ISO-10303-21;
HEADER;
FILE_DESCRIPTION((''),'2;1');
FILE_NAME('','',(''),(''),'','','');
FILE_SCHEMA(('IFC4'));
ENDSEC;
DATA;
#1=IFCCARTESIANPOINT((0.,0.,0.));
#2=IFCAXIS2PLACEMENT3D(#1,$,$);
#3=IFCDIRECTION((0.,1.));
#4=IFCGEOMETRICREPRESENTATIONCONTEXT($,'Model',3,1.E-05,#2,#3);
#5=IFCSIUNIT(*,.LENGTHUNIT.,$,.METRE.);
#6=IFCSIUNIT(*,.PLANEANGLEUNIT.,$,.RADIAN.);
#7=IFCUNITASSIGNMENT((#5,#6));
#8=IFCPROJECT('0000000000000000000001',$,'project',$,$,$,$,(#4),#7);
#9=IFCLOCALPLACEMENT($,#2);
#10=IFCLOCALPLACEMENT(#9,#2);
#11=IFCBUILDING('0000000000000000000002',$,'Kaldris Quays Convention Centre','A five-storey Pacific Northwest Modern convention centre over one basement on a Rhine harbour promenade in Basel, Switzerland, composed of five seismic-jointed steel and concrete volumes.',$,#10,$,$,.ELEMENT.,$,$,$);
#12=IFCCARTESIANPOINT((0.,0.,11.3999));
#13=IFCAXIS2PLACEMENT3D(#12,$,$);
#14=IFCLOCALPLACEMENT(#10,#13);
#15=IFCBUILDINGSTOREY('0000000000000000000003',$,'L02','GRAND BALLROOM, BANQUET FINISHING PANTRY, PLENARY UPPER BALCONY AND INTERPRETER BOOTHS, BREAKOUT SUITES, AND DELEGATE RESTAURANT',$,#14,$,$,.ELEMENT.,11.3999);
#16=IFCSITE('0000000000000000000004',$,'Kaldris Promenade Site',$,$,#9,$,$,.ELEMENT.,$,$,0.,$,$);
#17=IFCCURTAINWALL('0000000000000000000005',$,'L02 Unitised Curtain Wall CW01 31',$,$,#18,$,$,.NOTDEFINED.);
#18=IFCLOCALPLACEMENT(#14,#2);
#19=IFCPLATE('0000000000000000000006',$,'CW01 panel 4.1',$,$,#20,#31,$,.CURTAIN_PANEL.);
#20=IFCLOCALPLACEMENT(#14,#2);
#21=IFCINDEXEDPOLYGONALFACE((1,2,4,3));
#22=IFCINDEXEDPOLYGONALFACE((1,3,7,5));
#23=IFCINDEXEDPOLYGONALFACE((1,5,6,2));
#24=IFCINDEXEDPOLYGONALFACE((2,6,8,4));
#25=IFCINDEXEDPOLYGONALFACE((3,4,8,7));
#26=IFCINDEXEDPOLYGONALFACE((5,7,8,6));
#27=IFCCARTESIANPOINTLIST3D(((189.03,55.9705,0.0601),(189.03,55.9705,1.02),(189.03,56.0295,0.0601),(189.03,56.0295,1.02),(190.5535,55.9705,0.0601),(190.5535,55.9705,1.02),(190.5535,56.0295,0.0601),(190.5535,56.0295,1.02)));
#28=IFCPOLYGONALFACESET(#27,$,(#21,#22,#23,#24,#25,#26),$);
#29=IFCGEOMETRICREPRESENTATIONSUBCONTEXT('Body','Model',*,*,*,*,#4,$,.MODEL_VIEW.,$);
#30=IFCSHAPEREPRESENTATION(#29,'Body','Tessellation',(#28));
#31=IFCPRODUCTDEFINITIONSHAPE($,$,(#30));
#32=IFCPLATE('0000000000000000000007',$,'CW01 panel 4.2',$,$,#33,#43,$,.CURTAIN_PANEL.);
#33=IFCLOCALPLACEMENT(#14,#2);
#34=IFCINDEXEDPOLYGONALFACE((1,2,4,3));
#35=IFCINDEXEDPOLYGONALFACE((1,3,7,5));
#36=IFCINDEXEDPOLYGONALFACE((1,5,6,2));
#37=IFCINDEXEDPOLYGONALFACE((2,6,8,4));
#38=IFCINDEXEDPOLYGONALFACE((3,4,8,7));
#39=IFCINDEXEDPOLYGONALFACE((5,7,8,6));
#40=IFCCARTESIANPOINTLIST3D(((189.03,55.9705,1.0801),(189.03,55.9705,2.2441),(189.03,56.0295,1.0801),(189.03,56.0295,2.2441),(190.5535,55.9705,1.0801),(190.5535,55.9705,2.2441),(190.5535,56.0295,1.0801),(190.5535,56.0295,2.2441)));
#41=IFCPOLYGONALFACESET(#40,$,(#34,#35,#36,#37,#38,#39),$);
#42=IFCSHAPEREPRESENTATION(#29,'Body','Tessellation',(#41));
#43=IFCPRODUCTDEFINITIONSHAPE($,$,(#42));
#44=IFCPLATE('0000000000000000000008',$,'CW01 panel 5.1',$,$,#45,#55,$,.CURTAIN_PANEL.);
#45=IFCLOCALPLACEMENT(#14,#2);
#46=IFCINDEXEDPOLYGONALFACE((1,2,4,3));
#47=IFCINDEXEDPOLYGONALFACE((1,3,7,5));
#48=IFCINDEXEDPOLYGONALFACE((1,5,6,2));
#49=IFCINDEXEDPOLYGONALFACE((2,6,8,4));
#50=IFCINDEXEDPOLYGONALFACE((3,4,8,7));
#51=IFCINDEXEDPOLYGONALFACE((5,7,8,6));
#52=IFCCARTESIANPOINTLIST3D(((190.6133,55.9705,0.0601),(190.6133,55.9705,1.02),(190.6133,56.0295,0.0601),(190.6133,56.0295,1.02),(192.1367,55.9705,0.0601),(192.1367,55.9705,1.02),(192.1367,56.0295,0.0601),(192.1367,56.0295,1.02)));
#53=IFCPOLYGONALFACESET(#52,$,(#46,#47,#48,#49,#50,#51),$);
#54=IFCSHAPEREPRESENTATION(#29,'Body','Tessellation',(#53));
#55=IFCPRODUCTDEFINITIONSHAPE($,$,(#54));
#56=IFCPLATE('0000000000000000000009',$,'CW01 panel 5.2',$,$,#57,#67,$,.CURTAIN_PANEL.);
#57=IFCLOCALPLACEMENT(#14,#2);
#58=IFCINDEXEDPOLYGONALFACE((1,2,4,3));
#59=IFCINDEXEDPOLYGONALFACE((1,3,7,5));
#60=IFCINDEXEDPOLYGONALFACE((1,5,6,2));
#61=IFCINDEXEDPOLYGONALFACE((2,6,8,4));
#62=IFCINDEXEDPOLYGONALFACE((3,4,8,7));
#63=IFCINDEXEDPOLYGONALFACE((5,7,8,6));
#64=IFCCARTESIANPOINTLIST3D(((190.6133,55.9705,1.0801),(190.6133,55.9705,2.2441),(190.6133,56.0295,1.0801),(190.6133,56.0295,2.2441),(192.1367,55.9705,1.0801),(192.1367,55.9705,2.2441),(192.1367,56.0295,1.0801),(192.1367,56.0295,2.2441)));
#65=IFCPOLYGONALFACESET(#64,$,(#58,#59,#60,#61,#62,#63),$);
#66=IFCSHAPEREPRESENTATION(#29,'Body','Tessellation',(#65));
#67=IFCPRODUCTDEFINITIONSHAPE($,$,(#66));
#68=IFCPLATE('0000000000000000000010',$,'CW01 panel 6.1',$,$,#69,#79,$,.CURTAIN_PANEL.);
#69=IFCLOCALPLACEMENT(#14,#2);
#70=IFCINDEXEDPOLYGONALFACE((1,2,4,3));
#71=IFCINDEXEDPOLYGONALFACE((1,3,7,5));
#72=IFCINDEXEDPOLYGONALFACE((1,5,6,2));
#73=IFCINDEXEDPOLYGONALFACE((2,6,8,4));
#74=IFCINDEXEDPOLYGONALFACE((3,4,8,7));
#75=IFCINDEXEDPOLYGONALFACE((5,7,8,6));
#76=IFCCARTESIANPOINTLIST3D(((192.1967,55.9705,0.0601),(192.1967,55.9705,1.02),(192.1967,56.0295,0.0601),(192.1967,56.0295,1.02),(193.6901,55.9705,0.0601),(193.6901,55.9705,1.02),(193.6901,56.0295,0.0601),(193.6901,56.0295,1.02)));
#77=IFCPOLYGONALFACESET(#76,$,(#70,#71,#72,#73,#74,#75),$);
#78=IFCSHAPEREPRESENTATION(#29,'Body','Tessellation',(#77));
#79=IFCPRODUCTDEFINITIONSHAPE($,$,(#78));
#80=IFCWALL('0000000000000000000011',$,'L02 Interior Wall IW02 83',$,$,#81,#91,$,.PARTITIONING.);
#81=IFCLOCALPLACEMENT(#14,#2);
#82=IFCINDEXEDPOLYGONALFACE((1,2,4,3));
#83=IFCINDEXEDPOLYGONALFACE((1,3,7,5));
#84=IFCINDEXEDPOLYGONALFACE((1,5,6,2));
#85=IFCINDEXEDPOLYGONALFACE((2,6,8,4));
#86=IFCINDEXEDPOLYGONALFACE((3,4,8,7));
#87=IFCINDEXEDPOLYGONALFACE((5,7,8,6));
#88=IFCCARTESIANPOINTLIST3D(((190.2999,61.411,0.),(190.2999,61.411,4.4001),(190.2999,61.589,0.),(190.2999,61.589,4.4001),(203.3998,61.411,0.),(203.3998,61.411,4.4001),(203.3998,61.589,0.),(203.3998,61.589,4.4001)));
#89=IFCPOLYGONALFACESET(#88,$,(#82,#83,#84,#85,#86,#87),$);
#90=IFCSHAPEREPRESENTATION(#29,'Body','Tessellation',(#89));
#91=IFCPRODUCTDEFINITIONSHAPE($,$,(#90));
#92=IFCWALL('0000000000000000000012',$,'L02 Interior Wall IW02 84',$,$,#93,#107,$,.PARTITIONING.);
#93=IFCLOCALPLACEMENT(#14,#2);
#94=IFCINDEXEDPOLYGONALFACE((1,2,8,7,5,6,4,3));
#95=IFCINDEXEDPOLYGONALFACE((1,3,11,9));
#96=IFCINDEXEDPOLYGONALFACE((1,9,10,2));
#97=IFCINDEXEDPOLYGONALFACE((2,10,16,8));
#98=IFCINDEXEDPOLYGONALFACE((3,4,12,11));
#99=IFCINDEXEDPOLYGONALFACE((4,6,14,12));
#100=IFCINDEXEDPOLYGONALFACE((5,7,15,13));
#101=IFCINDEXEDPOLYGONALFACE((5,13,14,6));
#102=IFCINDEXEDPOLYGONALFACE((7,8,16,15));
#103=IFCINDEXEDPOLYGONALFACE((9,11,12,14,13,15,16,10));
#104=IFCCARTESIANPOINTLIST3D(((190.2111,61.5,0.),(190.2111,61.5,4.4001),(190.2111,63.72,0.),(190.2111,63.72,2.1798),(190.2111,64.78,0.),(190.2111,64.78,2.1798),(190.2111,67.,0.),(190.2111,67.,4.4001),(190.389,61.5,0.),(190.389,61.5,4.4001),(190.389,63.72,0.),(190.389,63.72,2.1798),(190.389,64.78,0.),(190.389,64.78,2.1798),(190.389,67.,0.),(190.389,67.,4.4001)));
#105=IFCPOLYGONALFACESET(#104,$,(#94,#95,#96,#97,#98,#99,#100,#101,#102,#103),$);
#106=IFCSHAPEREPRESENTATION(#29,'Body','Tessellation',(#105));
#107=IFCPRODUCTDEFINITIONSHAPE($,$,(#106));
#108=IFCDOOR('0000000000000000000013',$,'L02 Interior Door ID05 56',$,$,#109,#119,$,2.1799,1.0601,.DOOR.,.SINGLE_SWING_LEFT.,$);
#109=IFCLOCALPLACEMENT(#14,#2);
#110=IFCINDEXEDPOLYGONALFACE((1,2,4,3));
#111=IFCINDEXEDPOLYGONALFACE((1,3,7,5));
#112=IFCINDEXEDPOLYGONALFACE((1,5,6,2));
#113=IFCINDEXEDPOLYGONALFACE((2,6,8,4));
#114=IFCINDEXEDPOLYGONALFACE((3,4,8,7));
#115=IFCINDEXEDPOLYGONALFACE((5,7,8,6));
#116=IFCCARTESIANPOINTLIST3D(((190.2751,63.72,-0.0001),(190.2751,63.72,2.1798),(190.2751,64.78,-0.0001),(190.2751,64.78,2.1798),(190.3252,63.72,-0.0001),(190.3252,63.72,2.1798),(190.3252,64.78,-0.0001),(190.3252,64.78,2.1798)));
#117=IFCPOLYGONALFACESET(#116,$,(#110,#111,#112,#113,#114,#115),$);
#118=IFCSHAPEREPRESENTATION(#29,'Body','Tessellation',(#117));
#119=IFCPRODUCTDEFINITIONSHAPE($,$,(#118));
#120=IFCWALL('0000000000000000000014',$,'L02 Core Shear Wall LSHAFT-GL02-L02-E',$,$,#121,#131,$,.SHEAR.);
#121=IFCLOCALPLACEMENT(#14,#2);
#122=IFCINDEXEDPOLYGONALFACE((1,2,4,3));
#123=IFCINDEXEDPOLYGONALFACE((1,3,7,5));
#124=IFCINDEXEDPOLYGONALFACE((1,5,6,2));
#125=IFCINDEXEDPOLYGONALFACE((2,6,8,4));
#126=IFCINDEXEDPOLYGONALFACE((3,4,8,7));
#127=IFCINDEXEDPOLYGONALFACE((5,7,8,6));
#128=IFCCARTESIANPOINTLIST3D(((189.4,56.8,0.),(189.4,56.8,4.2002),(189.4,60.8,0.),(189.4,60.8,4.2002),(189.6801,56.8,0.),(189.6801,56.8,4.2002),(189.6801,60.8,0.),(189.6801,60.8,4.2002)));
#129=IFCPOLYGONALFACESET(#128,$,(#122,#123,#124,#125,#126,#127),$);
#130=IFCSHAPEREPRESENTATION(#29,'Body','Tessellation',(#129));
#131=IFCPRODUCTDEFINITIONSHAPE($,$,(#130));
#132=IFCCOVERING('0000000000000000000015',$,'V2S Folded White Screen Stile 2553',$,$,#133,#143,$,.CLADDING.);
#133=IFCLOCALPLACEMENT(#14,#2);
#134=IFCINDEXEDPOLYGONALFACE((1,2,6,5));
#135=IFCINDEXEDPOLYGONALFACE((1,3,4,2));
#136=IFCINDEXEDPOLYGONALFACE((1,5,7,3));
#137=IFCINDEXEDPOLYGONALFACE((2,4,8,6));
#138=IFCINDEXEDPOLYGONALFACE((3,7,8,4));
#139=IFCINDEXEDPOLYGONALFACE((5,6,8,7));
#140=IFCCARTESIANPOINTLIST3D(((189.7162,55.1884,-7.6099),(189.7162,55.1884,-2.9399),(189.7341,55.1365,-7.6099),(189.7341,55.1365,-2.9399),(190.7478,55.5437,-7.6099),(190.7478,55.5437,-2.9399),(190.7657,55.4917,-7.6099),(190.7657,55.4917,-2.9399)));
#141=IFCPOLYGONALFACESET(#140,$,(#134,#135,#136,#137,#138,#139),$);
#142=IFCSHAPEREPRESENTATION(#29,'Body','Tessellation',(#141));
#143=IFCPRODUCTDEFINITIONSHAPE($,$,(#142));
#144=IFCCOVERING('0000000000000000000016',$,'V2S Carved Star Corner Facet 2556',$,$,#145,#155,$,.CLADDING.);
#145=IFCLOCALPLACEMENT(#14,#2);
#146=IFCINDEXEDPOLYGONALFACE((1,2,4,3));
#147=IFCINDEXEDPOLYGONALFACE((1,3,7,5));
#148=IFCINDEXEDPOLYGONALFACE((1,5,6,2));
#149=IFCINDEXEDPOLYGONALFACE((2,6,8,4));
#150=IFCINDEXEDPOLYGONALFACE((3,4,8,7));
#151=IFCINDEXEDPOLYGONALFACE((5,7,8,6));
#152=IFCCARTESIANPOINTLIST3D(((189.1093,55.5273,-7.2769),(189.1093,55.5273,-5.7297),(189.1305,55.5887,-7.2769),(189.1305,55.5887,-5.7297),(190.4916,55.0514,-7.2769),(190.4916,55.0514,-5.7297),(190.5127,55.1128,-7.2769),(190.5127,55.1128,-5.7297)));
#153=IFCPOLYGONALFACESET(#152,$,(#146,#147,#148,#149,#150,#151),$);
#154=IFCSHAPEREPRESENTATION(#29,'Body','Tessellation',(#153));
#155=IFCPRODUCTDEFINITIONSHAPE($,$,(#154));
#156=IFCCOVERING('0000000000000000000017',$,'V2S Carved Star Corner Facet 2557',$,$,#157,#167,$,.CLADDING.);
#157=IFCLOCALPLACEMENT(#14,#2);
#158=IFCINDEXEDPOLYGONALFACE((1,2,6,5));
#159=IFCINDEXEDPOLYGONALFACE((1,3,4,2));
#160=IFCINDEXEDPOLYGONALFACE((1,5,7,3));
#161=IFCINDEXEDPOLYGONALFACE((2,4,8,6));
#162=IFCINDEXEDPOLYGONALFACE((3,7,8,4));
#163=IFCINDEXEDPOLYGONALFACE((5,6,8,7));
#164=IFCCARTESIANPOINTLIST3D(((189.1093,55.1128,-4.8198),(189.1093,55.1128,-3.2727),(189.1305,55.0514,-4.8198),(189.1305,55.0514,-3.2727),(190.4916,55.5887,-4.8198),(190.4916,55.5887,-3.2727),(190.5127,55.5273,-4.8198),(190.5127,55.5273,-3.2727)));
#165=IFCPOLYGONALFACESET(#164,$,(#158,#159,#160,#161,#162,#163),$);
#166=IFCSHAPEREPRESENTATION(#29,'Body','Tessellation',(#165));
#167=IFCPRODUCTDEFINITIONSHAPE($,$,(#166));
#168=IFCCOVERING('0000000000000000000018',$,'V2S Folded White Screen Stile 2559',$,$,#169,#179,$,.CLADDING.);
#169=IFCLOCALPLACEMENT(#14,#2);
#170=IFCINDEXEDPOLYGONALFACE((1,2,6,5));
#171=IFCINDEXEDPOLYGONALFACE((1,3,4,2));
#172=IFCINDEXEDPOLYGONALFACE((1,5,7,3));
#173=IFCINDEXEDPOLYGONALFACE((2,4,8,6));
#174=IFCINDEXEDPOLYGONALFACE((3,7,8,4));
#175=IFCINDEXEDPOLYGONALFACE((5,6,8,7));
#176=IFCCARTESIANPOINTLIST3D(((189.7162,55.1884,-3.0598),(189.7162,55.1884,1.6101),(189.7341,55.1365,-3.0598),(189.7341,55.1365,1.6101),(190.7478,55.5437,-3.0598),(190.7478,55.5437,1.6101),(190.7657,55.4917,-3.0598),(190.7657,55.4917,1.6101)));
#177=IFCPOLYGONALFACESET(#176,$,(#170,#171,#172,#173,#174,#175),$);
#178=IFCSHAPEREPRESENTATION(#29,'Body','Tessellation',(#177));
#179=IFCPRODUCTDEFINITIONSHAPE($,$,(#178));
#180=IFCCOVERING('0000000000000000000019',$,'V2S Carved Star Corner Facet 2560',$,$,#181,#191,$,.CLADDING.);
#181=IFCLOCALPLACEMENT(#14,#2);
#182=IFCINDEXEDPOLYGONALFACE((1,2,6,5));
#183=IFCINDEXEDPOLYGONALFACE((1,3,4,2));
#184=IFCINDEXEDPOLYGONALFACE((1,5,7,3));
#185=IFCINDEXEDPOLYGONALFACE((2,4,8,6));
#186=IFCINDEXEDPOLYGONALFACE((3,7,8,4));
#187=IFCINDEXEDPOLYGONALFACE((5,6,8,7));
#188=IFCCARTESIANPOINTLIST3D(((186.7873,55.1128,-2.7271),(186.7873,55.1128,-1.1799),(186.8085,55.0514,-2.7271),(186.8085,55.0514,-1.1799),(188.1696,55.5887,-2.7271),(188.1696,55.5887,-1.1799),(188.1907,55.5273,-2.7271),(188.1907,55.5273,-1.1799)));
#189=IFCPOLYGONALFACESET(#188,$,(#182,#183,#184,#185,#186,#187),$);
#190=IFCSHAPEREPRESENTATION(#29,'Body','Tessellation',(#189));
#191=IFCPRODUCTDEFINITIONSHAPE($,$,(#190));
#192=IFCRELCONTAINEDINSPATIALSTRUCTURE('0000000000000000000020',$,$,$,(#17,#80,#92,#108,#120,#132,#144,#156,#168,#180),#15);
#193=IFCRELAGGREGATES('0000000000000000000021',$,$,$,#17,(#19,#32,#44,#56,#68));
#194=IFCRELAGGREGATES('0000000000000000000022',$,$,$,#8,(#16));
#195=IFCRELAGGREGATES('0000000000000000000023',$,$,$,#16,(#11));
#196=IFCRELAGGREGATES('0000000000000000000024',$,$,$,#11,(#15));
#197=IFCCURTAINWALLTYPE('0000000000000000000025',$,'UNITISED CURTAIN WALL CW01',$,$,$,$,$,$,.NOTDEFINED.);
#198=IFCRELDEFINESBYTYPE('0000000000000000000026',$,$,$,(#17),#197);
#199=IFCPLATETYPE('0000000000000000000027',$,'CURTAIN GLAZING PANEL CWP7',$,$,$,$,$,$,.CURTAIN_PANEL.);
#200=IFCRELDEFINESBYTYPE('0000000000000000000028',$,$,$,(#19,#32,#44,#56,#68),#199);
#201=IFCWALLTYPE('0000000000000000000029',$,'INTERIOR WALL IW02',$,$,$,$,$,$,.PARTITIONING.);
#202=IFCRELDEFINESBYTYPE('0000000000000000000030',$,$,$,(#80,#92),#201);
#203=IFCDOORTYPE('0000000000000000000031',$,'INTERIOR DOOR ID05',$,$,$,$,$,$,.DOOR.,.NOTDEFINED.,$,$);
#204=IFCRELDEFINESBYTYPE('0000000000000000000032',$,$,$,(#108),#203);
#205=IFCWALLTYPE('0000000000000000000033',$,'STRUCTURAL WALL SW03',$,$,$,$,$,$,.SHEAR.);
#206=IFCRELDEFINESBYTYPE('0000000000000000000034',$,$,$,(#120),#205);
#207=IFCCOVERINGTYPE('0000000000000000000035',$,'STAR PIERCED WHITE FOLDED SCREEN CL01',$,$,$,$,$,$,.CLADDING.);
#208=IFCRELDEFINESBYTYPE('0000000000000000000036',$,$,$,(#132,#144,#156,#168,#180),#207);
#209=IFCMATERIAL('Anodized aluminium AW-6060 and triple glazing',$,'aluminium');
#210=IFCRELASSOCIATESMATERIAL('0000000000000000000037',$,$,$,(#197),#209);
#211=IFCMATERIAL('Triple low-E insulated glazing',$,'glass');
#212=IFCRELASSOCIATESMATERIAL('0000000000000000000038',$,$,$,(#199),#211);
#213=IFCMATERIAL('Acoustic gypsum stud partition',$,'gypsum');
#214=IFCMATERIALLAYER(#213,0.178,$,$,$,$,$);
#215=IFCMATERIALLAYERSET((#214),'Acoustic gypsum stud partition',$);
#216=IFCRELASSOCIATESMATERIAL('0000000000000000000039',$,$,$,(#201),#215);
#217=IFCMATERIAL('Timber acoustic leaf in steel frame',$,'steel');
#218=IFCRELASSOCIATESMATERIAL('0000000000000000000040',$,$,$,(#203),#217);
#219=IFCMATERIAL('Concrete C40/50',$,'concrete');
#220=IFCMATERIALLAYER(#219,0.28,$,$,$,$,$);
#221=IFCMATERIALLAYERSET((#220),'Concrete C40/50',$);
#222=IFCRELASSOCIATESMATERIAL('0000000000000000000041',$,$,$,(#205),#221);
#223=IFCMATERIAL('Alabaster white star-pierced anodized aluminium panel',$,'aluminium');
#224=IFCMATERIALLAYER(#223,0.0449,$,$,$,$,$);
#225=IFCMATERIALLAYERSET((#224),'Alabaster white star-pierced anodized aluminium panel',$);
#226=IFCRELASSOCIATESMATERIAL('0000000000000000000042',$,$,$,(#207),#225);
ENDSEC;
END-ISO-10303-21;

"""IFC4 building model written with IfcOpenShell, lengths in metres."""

from ifc_helpers import new_model, si_unit, direction, frame, frame_2d, origin, origin_2d, place, context, subcontext, project, spatial, rectangle, extrude, material, layer, layer_set, type_object, element, fill, aggregate, save


model = new_model("IFC4")

# Units and contexts
model_context = context("Model", 3, precision=1e-05, world=origin(), true_north=direction((0.0, 1.0)))
body_context = subcontext(model_context, "Body", "Model", "MODEL_VIEW")
ifc_project = project(units=[si_unit("LENGTHUNIT", "METRE"), si_unit("PLANEANGLEUNIT", "RADIAN")], contexts=[model_context])

# Site, building, storey
site_placement = place(None, origin())
site = spatial("IfcSite", under=ifc_project, at=site_placement, Name="Kaldris Promenade Site", CompositionType="ELEMENT", RefElevation=0.0)
building_placement = place(site_placement, origin())
building = spatial("IfcBuilding", under=site, at=building_placement, Name="Kaldris Quays Convention Centre", Description="A five-storey Pacific Northwest Modern convention centre over one basement on a Rhine harbour promenade in Basel, Switzerland, composed of five seismic-jointed steel and concrete volumes.", CompositionType="ELEMENT")
storey_placement = place(building_placement, frame((0.0, 0.0, 11.3999)))
storey = spatial("IfcBuildingStorey", under=building, at=storey_placement, Name="L02", Description="GRAND BALLROOM, BANQUET FINISHING PANTRY, PLENARY UPPER BALCONY AND INTERPRETER BOOTHS, BREAKOUT SUITES, AND DELEGATE RESTAURANT", CompositionType="ELEMENT", Elevation=11.3999)

# Curtain wall, plates
ifc_material_1 = material(Name="Anodized aluminium AW-6060 and triple glazing", Category="aluminium")
curtain_wall_type = type_object("IfcCurtainWallType", Name="UNITISED CURTAIN WALL CW01", PredefinedType="NOTDEFINED", material=ifc_material_1)
curtain_wall_placement = place(storey_placement, origin())
curtain_wall = element("IfcCurtainWall", 1, at=curtain_wall_placement, inside=storey, type_object=curtain_wall_type, Name="L02 Unitised Curtain Wall CW01 31", PredefinedType="NOTDEFINED")
ifc_material_2 = material(Name="Triple low-E insulated glazing", Category="glass")
plate_type = type_object("IfcPlateType", Name="CURTAIN GLAZING PANEL CWP7", PredefinedType="CURTAIN_PANEL", material=ifc_material_2)
plate_1_placement = place(storey_placement, frame((189.7917, 56.0, 0.0601), z_axis=(0.0, 0.0, 1.0), x_axis=(1.0, 0.0, 0.0)))
plate_1 = element("IfcPlate", 2, at=plate_1_placement, type_object=plate_type, Name="CW01 panel 4.1", PredefinedType="CURTAIN_PANEL", context=body_context, shape_type="SweptSolid", body=[
    extrude(rectangle(XDim=1.5234, YDim=0.0591, at=origin_2d()), origin(), (0.0, 0.0, 1.0), 0.96),
])
plate_2_placement = place(storey_placement, frame((189.7917, 56.0, 1.0801), z_axis=(0.0, 0.0, 1.0), x_axis=(1.0, 0.0, 0.0)))
plate_2 = element("IfcPlate", 3, at=plate_2_placement, type_object=plate_type, Name="CW01 panel 4.2", PredefinedType="CURTAIN_PANEL", context=body_context, shape_type="SweptSolid", body=[
    extrude(rectangle(XDim=1.5234, YDim=0.0591, at=origin_2d()), origin(), (0.0, 0.0, 1.0), 1.1641),
])
plate_3_placement = place(storey_placement, frame((191.375, 56.0, 0.0601), z_axis=(0.0, 0.0, 1.0), x_axis=(1.0, 0.0, 0.0)))
plate_3 = element("IfcPlate", 4, at=plate_3_placement, type_object=plate_type, Name="CW01 panel 5.1", PredefinedType="CURTAIN_PANEL", context=body_context, shape_type="SweptSolid", body=[
    extrude(rectangle(XDim=1.5234, YDim=0.0591, at=origin_2d()), origin(), (0.0, 0.0, 1.0), 0.96),
])
plate_4_placement = place(storey_placement, frame((191.375, 56.0, 1.0801), z_axis=(0.0, 0.0, 1.0), x_axis=(1.0, 0.0, 0.0)))
plate_4 = element("IfcPlate", 5, at=plate_4_placement, type_object=plate_type, Name="CW01 panel 5.2", PredefinedType="CURTAIN_PANEL", context=body_context, shape_type="SweptSolid", body=[
    extrude(rectangle(XDim=1.5234, YDim=0.0591, at=origin_2d()), origin(), (0.0, 0.0, 1.0), 1.1641),
])
plate_5_placement = place(storey_placement, frame((192.9434, 56.0, 0.0601), z_axis=(0.0, 0.0, 1.0), x_axis=(1.0, 0.0, 0.0)))
plate_5 = element("IfcPlate", 6, at=plate_5_placement, type_object=plate_type, Name="CW01 panel 6.1", PredefinedType="CURTAIN_PANEL", context=body_context, shape_type="SweptSolid", body=[
    extrude(rectangle(XDim=1.4934, YDim=0.0591, at=origin_2d()), origin(), (0.0, 0.0, 1.0), 0.96),
])
aggregate(curtain_wall, [plate_1, plate_2, plate_3, plate_4, plate_5])

# Wall
ifc_material_3 = material(Name="Acoustic gypsum stud partition", Category="gypsum")
ifc_layer_1 = layer(ifc_material_3, 0.178)
ifc_layer_set_1 = layer_set([ifc_layer_1], Name="Acoustic gypsum stud partition")
wall_type_1 = type_object("IfcWallType", Name="INTERIOR WALL IW02", PredefinedType="PARTITIONING", material=ifc_layer_set_1)
wall_1_placement = place(storey_placement, frame((190.3, 61.5, 0.0), z_axis=(0.0, 0.0, 1.0), x_axis=(1.0, 0.0, 0.0)))
element("IfcWall", 7, at=wall_1_placement, inside=storey, type_object=wall_type_1, Name="L02 Interior Wall IW02 83", PredefinedType="PARTITIONING", context=body_context, shape_type="SweptSolid", body=[
    extrude(rectangle(XDim=13.0999, YDim=0.178, at=frame_2d((6.5498, 0.0))), origin(), (0.0, 0.0, 1.0), 4.4001),
])

# Wall, opening, door
wall_2_placement = place(storey_placement, frame((190.3, 61.5, 0.0), z_axis=(0.0, 0.0, 1.0), x_axis=(0.0, 1.0, 0.0)))
wall_2 = element("IfcWall", 8, at=wall_2_placement, inside=storey, type_object=wall_type_1, Name="L02 Interior Wall IW02 84", PredefinedType="PARTITIONING", context=body_context, shape_type="SweptSolid", body=[
    extrude(rectangle(XDim=5.5, YDim=0.178, at=frame_2d((2.75, 0.0))), origin(), (0.0, 0.0, 1.0), 4.4001),
])
opening_placement = place(wall_2_placement, frame((2.22, 0.0, 0.0)))
opening = element("IfcOpeningElement", 9, at=opening_placement, cuts=wall_2, PredefinedType="OPENING", context=body_context, shape_type="SweptSolid", body=[
    extrude(rectangle(XDim=1.0601, YDim=2.1799, at=frame_2d((0.53, 1.0898))), frame((0.0, 0.0991, 0.0), z_axis=(0.0, -1.0, 0.0), x_axis=(1.0, 0.0, 0.0)), (0.0, 0.0, 1.0), 0.198),
])
ifc_material_4 = material(Name="Timber acoustic leaf in steel frame", Category="steel")
door_type = type_object("IfcDoorType", Name="INTERIOR DOOR ID05", OperationType="NOTDEFINED", PredefinedType="DOOR", material=ifc_material_4)
door_placement = place(opening_placement, origin())
door = element("IfcDoor", 10, at=door_placement, inside=storey, type_object=door_type, Name="L02 Interior Door ID05 56", OperationType="SINGLE_SWING_LEFT", OverallHeight=2.1799, OverallWidth=1.0601, PredefinedType="DOOR", context=body_context, shape_type="SweptSolid", body=[
    extrude(rectangle(XDim=1.0601, YDim=2.1799, at=frame_2d((0.53, 1.0898))), frame((0.0, 0.0249, 0.0), z_axis=(0.0, -1.0, 0.0), x_axis=(1.0, 0.0, 0.0)), (0.0, 0.0, 1.0), 0.05),
])
fill(opening, door)

# Wall
ifc_material_5 = material(Name="Concrete C40/50", Category="concrete")
ifc_layer_2 = layer(ifc_material_5, 0.28)
ifc_layer_set_2 = layer_set([ifc_layer_2], Name="Concrete C40/50")
wall_type_2 = type_object("IfcWallType", Name="STRUCTURAL WALL SW03", PredefinedType="SHEAR", material=ifc_layer_set_2)
wall_3_placement = place(storey_placement, frame((189.54, 56.8, 0.0), z_axis=(0.0, 0.0, 1.0), x_axis=(0.0, 1.0, 0.0)))
element("IfcWall", 11, at=wall_3_placement, inside=storey, type_object=wall_type_2, Name="L02 Core Shear Wall LSHAFT-GL02-L02-E", PredefinedType="SHEAR", context=body_context, shape_type="SweptSolid", body=[
    extrude(rectangle(XDim=4.0, YDim=0.28, at=frame_2d((2.0, 0.0))), origin(), (0.0, 0.0, 1.0), 4.2002),
])

# Coverings
ifc_material_6 = material(Name="Alabaster white star-pierced anodized aluminium panel", Category="aluminium")
ifc_layer_3 = layer(ifc_material_6, 0.0449)
ifc_layer_set_3 = layer_set([ifc_layer_3], Name="Alabaster white star-pierced anodized aluminium panel")
covering_type = type_object("IfcCoveringType", Name="STAR PIERCED WHITE FOLDED SCREEN CL01", PredefinedType="CLADDING", material=ifc_layer_set_3)
covering_1_placement = place(storey_placement, frame((190.241, 55.3401, -7.6099), z_axis=(0.0, 0.0, 1.0), x_axis=(0.945519, 0.325568, 0.0)))
element("IfcCovering", 12, at=covering_1_placement, inside=storey, type_object=covering_type, Name="V2S Folded White Screen Stile 2553", PredefinedType="CLADDING", context=body_context, shape_type="SweptSolid", body=[
    extrude(rectangle(XDim=1.0911, YDim=0.0549, at=origin_2d()), origin(), (0.0, 0.0, 1.0), 4.6699),
])
for number, where, z_axis, x_axis, name in (
    (13, (189.811, 55.3201, -7.2769), (0.0, 0.0, 1.0), (0.945519, -0.325568, 0.0), "V2S Carved Star Corner Facet 2556"),
    (14, (189.811, 55.3201, -4.8198), (0.0, 0.0, 1.0), (0.945519, 0.325568, 0.0), "V2S Carved Star Corner Facet 2557"),
):
    element("IfcCovering", number, at=place(storey_placement, frame(where, z_axis=z_axis, x_axis=x_axis)), inside=storey, type_object=covering_type, Name=name, PredefinedType="CLADDING", context=body_context, shape_type="SweptSolid", body=[
        extrude(rectangle(XDim=1.4619, YDim=0.0649, at=origin_2d()), origin(), (0.0, 0.0, 1.0), 1.5471),
    ])
covering_2_placement = place(storey_placement, frame((190.241, 55.3401, -3.0598), z_axis=(0.0, 0.0, 1.0), x_axis=(0.945519, 0.325568, 0.0)))
element("IfcCovering", 15, at=covering_2_placement, inside=storey, type_object=covering_type, Name="V2S Folded White Screen Stile 2559", PredefinedType="CLADDING", context=body_context, shape_type="SweptSolid", body=[
    extrude(rectangle(XDim=1.0911, YDim=0.0549, at=origin_2d()), origin(), (0.0, 0.0, 1.0), 4.6699),
])
for number, where, z_axis, x_axis, name in (
    (16, (187.489, 55.3201, -2.7271), (0.0, 0.0, 1.0), (0.945519, 0.325568, 0.0), "V2S Carved Star Corner Facet 2560"),
):
    element("IfcCovering", number, at=place(storey_placement, frame(where, z_axis=z_axis, x_axis=x_axis)), inside=storey, type_object=covering_type, Name=name, PredefinedType="CLADDING", context=body_context, shape_type="SweptSolid", body=[
        extrude(rectangle(XDim=1.4619, YDim=0.0649, at=origin_2d()), origin(), (0.0, 0.0, 1.0), 1.5471),
    ])

save(model, "model.ifc")
